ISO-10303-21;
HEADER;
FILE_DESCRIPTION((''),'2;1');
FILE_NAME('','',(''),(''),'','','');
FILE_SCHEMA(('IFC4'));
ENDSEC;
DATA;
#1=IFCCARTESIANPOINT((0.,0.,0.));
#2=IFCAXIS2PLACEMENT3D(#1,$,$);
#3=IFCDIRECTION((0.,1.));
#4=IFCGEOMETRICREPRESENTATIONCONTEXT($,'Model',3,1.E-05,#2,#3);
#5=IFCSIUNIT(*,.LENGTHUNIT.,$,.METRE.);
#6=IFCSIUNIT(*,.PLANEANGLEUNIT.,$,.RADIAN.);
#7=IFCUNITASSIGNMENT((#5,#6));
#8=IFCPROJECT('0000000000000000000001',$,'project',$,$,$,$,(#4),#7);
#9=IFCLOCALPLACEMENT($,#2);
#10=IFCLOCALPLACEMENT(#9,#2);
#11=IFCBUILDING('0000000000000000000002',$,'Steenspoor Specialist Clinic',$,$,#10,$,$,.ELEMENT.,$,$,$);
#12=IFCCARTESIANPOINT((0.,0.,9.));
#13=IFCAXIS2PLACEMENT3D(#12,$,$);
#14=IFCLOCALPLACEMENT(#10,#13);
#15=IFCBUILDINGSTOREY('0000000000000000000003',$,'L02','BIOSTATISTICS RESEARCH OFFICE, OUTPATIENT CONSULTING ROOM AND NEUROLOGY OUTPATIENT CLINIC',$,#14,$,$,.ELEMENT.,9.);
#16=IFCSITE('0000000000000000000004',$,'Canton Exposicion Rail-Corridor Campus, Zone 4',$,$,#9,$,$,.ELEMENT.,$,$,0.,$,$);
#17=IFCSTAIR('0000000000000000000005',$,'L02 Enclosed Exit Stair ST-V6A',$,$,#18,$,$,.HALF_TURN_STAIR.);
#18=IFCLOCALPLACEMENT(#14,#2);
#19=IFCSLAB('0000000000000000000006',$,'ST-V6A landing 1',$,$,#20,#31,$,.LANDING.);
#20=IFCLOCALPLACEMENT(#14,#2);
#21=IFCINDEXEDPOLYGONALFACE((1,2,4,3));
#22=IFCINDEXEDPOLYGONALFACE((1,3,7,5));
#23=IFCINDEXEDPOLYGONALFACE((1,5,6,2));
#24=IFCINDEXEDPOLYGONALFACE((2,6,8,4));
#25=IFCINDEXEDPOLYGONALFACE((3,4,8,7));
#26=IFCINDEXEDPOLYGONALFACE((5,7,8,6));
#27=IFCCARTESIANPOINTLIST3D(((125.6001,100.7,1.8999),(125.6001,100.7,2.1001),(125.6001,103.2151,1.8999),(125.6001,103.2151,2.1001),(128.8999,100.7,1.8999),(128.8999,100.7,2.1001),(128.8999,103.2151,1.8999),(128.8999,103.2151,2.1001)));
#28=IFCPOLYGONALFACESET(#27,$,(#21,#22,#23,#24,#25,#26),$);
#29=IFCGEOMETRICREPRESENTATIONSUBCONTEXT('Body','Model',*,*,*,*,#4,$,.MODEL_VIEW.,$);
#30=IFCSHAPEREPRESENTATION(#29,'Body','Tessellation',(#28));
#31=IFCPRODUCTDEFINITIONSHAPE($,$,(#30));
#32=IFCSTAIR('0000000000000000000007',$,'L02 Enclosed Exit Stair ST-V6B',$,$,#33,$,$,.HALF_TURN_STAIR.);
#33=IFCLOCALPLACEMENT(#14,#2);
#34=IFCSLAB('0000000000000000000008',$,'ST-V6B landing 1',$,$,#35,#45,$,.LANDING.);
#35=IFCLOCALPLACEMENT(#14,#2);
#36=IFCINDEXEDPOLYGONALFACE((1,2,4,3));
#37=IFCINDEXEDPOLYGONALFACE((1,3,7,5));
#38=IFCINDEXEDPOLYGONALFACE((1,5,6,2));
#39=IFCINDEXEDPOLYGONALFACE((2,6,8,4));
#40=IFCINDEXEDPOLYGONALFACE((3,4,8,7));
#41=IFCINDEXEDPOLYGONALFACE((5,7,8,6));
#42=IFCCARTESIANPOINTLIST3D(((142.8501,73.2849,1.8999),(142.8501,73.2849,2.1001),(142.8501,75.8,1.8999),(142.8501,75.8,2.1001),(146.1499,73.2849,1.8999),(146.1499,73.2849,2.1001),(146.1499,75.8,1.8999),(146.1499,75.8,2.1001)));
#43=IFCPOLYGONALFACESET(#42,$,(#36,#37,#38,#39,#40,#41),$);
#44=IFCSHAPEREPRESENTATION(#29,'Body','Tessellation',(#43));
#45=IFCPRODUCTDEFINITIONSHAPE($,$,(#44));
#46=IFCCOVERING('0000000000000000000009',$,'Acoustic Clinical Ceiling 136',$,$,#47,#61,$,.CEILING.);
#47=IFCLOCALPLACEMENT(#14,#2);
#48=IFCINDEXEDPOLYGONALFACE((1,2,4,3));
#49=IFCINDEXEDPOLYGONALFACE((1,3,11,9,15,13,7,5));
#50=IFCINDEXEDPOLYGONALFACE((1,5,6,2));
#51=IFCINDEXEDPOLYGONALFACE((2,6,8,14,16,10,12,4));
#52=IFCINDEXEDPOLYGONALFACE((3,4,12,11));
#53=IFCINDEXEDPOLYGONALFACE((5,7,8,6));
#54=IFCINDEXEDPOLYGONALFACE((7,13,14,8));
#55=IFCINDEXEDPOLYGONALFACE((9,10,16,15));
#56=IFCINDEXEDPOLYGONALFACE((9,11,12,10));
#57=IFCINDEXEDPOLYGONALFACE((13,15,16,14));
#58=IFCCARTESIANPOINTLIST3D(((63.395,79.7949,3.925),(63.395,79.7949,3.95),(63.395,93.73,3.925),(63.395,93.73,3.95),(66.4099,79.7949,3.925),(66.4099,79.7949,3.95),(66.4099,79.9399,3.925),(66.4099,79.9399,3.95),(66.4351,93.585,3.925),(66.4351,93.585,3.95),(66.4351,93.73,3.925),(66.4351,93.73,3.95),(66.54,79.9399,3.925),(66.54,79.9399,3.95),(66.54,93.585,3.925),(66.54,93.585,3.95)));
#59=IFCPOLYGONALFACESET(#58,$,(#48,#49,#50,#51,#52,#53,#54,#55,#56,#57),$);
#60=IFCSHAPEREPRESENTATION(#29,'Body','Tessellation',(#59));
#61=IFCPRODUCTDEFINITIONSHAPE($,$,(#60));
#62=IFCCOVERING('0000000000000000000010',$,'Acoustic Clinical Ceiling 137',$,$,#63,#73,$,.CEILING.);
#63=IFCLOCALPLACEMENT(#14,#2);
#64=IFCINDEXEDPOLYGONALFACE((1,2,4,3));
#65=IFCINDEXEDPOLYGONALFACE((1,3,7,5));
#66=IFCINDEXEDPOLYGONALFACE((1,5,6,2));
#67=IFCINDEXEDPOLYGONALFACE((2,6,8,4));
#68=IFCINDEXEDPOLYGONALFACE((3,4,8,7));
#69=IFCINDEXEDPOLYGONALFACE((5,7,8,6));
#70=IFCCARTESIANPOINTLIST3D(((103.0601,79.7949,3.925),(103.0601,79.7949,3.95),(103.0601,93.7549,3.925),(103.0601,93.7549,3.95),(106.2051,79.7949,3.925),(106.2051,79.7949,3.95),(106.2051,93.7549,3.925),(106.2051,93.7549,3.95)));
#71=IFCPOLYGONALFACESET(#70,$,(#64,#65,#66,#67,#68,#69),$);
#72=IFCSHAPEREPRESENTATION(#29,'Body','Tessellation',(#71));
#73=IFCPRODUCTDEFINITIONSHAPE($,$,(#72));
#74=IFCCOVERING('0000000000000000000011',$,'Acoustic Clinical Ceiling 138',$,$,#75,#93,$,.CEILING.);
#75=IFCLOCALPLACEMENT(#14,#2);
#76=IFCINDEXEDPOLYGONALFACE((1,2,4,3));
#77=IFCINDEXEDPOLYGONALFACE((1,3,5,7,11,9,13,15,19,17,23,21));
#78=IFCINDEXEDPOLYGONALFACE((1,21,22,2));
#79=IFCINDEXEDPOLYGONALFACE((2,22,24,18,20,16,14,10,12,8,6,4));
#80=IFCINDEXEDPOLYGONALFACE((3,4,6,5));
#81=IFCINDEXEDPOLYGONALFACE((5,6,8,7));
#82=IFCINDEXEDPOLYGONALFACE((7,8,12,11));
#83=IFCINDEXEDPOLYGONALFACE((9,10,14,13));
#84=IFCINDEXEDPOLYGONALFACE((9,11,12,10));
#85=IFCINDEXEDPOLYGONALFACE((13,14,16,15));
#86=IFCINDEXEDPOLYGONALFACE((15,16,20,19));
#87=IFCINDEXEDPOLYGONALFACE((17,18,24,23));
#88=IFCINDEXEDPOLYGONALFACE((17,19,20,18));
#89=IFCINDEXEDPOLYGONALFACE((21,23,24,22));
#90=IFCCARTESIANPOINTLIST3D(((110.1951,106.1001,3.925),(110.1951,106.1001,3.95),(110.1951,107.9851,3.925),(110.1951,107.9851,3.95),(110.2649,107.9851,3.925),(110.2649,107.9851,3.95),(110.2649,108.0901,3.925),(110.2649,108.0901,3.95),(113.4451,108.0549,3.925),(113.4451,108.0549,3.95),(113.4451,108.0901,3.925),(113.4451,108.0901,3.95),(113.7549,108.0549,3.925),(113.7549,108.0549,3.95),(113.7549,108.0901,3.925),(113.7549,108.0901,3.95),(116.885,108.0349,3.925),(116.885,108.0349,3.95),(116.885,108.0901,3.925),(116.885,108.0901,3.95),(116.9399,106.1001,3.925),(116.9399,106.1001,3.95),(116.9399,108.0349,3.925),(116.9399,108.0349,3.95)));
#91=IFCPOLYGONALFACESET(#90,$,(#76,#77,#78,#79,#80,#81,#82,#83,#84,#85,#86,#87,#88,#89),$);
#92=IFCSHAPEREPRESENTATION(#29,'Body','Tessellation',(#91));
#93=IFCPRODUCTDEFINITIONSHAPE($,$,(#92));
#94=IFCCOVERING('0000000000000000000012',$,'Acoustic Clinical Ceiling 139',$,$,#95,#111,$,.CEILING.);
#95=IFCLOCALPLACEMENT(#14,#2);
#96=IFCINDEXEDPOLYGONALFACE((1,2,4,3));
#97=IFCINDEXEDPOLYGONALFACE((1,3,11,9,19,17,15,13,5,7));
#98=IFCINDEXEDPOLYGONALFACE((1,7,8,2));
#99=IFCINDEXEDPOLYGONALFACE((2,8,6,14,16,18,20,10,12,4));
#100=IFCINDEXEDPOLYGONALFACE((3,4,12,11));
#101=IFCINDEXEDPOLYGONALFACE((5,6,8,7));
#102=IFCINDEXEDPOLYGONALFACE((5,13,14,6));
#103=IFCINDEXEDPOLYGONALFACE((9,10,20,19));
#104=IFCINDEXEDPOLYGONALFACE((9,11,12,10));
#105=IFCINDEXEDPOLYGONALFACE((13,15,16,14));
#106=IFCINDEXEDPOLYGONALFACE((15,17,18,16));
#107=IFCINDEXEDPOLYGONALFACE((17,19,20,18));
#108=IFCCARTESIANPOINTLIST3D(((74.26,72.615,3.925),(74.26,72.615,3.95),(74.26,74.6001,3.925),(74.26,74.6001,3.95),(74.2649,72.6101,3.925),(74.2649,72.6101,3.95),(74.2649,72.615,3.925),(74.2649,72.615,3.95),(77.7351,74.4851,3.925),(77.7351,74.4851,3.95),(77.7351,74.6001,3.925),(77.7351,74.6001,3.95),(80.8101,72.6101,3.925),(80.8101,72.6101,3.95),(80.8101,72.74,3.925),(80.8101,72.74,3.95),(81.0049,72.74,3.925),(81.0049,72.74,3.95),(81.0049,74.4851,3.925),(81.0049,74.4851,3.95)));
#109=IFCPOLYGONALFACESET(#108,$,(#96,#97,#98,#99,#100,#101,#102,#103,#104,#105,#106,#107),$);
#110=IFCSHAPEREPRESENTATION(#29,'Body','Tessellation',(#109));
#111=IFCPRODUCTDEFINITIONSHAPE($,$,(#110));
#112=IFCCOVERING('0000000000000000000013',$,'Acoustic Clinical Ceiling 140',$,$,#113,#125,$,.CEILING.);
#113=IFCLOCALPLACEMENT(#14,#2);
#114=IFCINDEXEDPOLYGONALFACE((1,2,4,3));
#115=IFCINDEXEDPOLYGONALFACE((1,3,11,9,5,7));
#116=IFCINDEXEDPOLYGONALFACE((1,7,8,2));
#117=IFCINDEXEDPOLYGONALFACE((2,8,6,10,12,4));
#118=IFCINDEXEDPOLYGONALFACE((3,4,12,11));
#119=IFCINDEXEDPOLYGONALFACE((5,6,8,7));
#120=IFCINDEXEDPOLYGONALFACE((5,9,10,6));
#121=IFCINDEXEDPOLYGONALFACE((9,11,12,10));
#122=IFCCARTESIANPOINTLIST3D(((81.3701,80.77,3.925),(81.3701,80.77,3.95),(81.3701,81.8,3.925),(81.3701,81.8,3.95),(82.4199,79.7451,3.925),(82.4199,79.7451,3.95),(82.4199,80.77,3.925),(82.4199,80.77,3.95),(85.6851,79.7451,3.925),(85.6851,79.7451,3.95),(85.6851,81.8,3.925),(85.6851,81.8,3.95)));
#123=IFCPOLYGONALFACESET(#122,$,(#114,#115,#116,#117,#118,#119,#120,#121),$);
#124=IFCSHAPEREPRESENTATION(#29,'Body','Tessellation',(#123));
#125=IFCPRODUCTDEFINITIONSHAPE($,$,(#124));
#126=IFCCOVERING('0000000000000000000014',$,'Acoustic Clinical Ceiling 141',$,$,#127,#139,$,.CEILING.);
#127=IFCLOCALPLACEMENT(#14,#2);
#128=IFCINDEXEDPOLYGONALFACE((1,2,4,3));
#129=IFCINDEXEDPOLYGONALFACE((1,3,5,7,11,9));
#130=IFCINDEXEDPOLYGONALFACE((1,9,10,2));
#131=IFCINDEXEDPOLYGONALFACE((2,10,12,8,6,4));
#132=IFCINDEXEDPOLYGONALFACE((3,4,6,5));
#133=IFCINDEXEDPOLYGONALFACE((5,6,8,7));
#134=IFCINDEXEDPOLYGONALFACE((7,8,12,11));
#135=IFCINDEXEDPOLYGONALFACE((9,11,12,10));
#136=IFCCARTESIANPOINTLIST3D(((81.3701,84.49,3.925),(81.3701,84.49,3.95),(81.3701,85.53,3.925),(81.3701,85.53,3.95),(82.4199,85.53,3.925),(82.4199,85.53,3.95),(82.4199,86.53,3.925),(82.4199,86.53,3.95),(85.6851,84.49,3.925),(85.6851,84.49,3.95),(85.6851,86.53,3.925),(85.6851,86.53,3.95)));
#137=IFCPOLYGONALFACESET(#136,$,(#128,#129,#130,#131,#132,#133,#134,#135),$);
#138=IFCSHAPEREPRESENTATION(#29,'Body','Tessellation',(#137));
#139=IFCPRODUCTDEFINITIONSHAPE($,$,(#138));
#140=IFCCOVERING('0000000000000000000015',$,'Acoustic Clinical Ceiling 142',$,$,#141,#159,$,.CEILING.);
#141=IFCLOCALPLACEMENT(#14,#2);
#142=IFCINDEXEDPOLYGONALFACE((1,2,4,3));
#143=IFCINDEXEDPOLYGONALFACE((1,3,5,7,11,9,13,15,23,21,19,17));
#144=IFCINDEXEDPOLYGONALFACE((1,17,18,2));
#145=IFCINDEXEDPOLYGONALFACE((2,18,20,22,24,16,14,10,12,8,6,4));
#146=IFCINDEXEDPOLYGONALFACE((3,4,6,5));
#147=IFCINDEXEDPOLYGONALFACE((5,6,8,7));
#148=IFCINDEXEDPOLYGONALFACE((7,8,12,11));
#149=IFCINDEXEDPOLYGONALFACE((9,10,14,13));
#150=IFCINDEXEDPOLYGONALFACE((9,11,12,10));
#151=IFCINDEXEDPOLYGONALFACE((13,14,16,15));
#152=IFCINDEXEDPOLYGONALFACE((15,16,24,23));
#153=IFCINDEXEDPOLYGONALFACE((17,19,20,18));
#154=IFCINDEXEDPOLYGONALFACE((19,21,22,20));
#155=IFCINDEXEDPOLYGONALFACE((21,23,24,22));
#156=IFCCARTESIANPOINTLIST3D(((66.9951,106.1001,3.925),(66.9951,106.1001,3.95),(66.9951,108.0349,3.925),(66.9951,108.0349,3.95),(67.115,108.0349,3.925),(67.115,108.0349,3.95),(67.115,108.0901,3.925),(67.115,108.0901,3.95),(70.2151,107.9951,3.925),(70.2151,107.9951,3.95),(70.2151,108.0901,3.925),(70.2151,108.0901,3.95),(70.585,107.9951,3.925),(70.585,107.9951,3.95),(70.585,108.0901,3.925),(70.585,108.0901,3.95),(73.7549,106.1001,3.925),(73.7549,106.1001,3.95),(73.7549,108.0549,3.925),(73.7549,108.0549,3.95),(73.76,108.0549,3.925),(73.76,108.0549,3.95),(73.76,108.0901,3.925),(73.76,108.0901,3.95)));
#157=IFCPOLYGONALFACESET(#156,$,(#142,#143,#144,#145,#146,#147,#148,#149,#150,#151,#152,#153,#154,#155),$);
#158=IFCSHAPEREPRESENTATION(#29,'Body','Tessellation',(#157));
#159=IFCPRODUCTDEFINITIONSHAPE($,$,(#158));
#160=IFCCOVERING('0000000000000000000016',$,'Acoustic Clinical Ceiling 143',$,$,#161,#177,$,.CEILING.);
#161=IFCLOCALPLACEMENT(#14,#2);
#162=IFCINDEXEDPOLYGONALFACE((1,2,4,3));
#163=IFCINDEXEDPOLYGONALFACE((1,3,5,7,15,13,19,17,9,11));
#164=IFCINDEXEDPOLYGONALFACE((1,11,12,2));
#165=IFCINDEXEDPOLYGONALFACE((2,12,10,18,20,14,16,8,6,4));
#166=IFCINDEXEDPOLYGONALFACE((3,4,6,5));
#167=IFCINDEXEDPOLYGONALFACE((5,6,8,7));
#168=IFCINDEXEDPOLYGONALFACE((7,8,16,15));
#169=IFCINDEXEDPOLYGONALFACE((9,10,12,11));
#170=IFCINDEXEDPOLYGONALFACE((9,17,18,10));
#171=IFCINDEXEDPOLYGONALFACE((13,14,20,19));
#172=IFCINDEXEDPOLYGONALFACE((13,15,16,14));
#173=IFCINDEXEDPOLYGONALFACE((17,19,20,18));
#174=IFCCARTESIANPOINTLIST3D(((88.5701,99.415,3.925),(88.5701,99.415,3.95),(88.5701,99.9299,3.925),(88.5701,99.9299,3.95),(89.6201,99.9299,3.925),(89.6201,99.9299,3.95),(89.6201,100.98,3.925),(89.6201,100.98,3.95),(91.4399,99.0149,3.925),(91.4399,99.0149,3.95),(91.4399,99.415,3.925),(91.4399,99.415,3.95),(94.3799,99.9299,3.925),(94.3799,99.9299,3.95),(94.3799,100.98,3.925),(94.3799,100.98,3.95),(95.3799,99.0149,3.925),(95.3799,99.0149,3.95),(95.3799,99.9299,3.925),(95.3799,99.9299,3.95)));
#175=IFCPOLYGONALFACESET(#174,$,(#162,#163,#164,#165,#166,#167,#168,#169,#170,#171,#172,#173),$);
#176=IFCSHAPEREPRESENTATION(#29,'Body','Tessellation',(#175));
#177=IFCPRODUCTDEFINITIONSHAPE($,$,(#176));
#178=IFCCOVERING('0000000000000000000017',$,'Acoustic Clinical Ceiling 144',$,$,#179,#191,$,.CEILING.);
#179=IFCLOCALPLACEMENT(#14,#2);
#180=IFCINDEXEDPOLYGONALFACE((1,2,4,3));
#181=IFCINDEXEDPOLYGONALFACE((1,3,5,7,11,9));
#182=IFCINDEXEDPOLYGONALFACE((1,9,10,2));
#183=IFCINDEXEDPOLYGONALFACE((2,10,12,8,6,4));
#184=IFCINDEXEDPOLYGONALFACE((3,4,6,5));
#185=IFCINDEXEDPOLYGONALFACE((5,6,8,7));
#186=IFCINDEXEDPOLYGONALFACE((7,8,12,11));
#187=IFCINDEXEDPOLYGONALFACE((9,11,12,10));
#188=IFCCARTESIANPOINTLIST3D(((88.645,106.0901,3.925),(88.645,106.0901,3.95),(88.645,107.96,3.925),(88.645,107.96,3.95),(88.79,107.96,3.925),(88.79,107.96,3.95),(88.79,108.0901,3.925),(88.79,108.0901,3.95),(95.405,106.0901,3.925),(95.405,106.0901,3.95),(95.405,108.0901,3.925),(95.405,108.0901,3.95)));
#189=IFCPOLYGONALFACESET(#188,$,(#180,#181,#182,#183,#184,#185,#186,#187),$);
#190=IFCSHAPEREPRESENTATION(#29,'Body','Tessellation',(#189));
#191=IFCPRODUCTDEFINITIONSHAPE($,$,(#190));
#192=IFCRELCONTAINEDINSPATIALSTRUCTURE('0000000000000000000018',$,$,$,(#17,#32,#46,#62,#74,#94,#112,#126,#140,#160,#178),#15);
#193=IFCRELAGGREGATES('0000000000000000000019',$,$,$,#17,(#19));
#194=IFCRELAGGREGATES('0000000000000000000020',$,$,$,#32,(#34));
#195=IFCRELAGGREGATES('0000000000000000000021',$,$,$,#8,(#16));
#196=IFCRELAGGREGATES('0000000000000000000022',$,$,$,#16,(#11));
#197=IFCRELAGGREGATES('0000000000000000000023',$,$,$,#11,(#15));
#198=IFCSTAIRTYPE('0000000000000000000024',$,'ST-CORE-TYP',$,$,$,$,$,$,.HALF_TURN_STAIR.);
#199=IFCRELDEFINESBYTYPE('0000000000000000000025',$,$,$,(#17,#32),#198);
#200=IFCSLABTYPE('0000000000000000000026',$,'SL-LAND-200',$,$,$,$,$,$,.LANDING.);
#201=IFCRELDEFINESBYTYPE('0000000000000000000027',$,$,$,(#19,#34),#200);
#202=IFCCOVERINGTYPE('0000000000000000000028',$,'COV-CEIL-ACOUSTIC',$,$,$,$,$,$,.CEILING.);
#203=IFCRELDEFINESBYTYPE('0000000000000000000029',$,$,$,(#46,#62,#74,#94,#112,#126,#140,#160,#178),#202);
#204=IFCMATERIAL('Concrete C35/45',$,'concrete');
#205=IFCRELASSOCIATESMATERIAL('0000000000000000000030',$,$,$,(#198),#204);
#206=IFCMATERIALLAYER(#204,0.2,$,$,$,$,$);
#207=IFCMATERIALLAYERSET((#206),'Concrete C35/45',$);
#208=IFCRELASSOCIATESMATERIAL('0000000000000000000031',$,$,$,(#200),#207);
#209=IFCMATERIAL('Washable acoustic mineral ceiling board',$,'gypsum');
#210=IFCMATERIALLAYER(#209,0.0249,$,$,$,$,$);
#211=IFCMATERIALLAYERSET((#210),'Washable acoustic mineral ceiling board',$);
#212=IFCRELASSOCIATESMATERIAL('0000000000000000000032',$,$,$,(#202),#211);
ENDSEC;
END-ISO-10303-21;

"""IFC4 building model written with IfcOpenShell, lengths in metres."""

from ifc_helpers import new_model, si_unit, direction, frame, origin, place, context, subcontext, project, spatial, polyline, outline, extrude, material, layer, layer_set, type_object, element, aggregate, save


model = new_model("IFC4")

# Units and contexts
model_context = context("Model", 3, precision=1e-05, world=origin(), true_north=direction((0.0, 1.0)))
body_context = subcontext(model_context, "Body", "Model", "MODEL_VIEW")
ifc_project = project(units=[si_unit("LENGTHUNIT", "METRE"), si_unit("PLANEANGLEUNIT", "RADIAN")], contexts=[model_context])

# Site, building, storey
site_placement = place(None, origin())
site = spatial("IfcSite", under=ifc_project, at=site_placement, Name="Canton Exposicion Rail-Corridor Campus, Zone 4", CompositionType="ELEMENT", RefElevation=0.0)
building_placement = place(site_placement, origin())
building = spatial("IfcBuilding", under=site, at=building_placement, Name="Steenspoor Specialist Clinic", CompositionType="ELEMENT")
storey_placement = place(building_placement, frame((0.0, 0.0, 9.0)))
storey = spatial("IfcBuildingStorey", under=building, at=storey_placement, Name="L02", Description="BIOSTATISTICS RESEARCH OFFICE, OUTPATIENT CONSULTING ROOM AND NEUROLOGY OUTPATIENT CLINIC", CompositionType="ELEMENT", Elevation=9.0)

# Shared definitions
ifc_material_1 = material(Name="Concrete C35/45", Category="concrete")

# Stairs, slabs
stair_type_1 = type_object("IfcStairType", Name="ST-CORE-TYP", PredefinedType="HALF_TURN_STAIR", material=ifc_material_1)
ifc_layer_1 = layer(ifc_material_1, 0.2)
ifc_layer_set_1 = layer_set([ifc_layer_1], Name="Concrete C35/45")
slab_type_1 = type_object("IfcSlabType", Name="SL-LAND-200", PredefinedType="LANDING", material=ifc_layer_set_1)
stair_1_placement = place(storey_placement, origin())
stair_1 = element("IfcStair", 1, at=stair_1_placement, inside=storey, type_object=stair_type_1, Name="L02 Enclosed Exit Stair ST-V6A", PredefinedType="HALF_TURN_STAIR")
slab_1_placement = place(storey_placement, frame((0.0, 0.0, 1.8999)))
slab_1 = element("IfcSlab", 2, at=slab_1_placement, type_object=slab_type_1, Name="ST-V6A landing 1", PredefinedType="LANDING", context=body_context, shape_type="SweptSolid", body=[
    extrude(outline(polyline([(125.6001, 103.2151), (125.6001, 100.7), (128.8999, 100.7), (128.8999, 103.2151), (125.6001, 103.2151)])), origin(), (0.0, 0.0, 1.0), 0.2002),
])
aggregate(stair_1, [slab_1])
stair_2_placement = place(storey_placement, origin())
stair_2 = element("IfcStair", 3, at=stair_2_placement, inside=storey, type_object=stair_type_1, Name="L02 Enclosed Exit Stair ST-V6B", PredefinedType="HALF_TURN_STAIR")
slab_2_placement = place(storey_placement, frame((0.0, 0.0, 1.8999)))
slab_2 = element("IfcSlab", 4, at=slab_2_placement, type_object=slab_type_1, Name="ST-V6B landing 1", PredefinedType="LANDING", context=body_context, shape_type="SweptSolid", body=[
    extrude(outline(polyline([(146.1499, 73.2849), (146.1499, 75.8), (142.8501, 75.8), (142.8501, 73.2849), (146.1499, 73.2849)])), origin(), (0.0, 0.0, 1.0), 0.2002),
])
aggregate(stair_2, [slab_2])

# Coverings
ifc_material_2 = material(Name="Washable acoustic mineral ceiling board", Category="gypsum")
ifc_layer_2 = layer(ifc_material_2, 0.0249)
ifc_layer_set_2 = layer_set([ifc_layer_2], Name="Washable acoustic mineral ceiling board")
covering_type = type_object("IfcCoveringType", Name="COV-CEIL-ACOUSTIC", PredefinedType="CEILING", material=ifc_layer_set_2)
covering_1_placement = place(storey_placement, frame((0.0, 0.0, 3.925)))
element("IfcCovering", 5, at=covering_1_placement, inside=storey, type_object=covering_type, Name="Acoustic Clinical Ceiling 136", PredefinedType="CEILING", context=body_context, shape_type="SweptSolid", body=[
    extrude(outline(polyline([(66.54, 79.9399), (66.4099, 79.9399), (66.4099, 79.7949), (63.395, 79.7949), (63.395, 93.73), (66.4351, 93.73), (66.4351, 93.585), (66.54, 93.585), (66.54, 79.9399)])), origin(), (0.0, 0.0, 1.0), 0.0249),
])
covering_2_placement = place(storey_placement, frame((0.0, 0.0, 3.925)))
element("IfcCovering", 6, at=covering_2_placement, inside=storey, type_object=covering_type, Name="Acoustic Clinical Ceiling 137", PredefinedType="CEILING", context=body_context, shape_type="SweptSolid", body=[
    extrude(outline(polyline([(103.0601, 93.7549), (106.2051, 93.7549), (106.2051, 79.7949), (103.0601, 79.7949), (103.0601, 93.7549)])), origin(), (0.0, 0.0, 1.0), 0.0249),
])
covering_3_placement = place(storey_placement, frame((0.0, 0.0, 3.925)))
element("IfcCovering", 7, at=covering_3_placement, inside=storey, type_object=covering_type, Name="Acoustic Clinical Ceiling 138", PredefinedType="CEILING", context=body_context, shape_type="SweptSolid", body=[
    extrude(outline(polyline([(113.4451, 108.0901), (113.4451, 108.0549), (113.7549, 108.0549), (113.7549, 108.0901), (116.885, 108.0901), (116.885, 108.0349), (116.9399, 108.0349), (116.9399, 106.1001), (110.1951, 106.1001), (110.1951, 107.9851), (110.2649, 107.9851), (110.2649, 108.0901), (113.4451, 108.0901)])), origin(), (0.0, 0.0, 1.0), 0.0249),
])
covering_4_placement = place(storey_placement, frame((0.0, 0.0, 3.925)))
element("IfcCovering", 8, at=covering_4_placement, inside=storey, type_object=covering_type, Name="Acoustic Clinical Ceiling 139", PredefinedType="CEILING", context=body_context, shape_type="SweptSolid", body=[
    extrude(outline(polyline([(74.26, 74.6001), (77.7351, 74.6001), (77.7351, 74.4851), (81.0049, 74.4851), (81.0049, 72.74), (80.8101, 72.74), (80.8101, 72.6101), (74.2649, 72.6101), (74.2649, 72.615), (74.26, 72.615), (74.26, 74.6001)])), origin(), (0.0, 0.0, 1.0), 0.0249),
])
covering_5_placement = place(storey_placement, frame((0.0, 0.0, 3.925)))
element("IfcCovering", 9, at=covering_5_placement, inside=storey, type_object=covering_type, Name="Acoustic Clinical Ceiling 140", PredefinedType="CEILING", context=body_context, shape_type="SweptSolid", body=[
    extrude(outline(polyline([(85.6851, 79.7451), (82.4199, 79.7451), (82.4199, 80.77), (81.3701, 80.77), (81.3701, 81.8), (85.6851, 81.8), (85.6851, 79.7451)])), origin(), (0.0, 0.0, 1.0), 0.0249),
])
covering_6_placement = place(storey_placement, frame((0.0, 0.0, 3.925)))
element("IfcCovering", 10, at=covering_6_placement, inside=storey, type_object=covering_type, Name="Acoustic Clinical Ceiling 141", PredefinedType="CEILING", context=body_context, shape_type="SweptSolid", body=[
    extrude(outline(polyline([(85.6851, 84.49), (81.3701, 84.49), (81.3701, 85.53), (82.4199, 85.53), (82.4199, 86.53), (85.6851, 86.53), (85.6851, 84.49)])), origin(), (0.0, 0.0, 1.0), 0.0249),
])
covering_7_placement = place(storey_placement, frame((0.0, 0.0, 3.925)))
element("IfcCovering", 11, at=covering_7_placement, inside=storey, type_object=covering_type, Name="Acoustic Clinical Ceiling 142", PredefinedType="CEILING", context=body_context, shape_type="SweptSolid", body=[
    extrude(outline(polyline([(70.2151, 108.0901), (70.2151, 107.9951), (70.585, 107.9951), (70.585, 108.0901), (73.76, 108.0901), (73.76, 108.0549), (73.7549, 108.0549), (73.7549, 106.1001), (66.9951, 106.1001), (66.9951, 108.0349), (67.115, 108.0349), (67.115, 108.0901), (70.2151, 108.0901)])), origin(), (0.0, 0.0, 1.0), 0.0249),
])
covering_8_placement = place(storey_placement, frame((0.0, 0.0, 3.925)))
element("IfcCovering", 12, at=covering_8_placement, inside=storey, type_object=covering_type, Name="Acoustic Clinical Ceiling 143", PredefinedType="CEILING", context=body_context, shape_type="SweptSolid", body=[
    extrude(outline(polyline([(91.4399, 99.0149), (91.4399, 99.415), (88.5701, 99.415), (88.5701, 99.9299), (89.6201, 99.9299), (89.6201, 100.98), (94.3799, 100.98), (94.3799, 99.9299), (95.3799, 99.9299), (95.3799, 99.0149), (91.4399, 99.0149)])), origin(), (0.0, 0.0, 1.0), 0.0249),
])
covering_9_placement = place(storey_placement, frame((0.0, 0.0, 3.925)))
element("IfcCovering", 13, at=covering_9_placement, inside=storey, type_object=covering_type, Name="Acoustic Clinical Ceiling 144", PredefinedType="CEILING", context=body_context, shape_type="SweptSolid", body=[
    extrude(outline(polyline([(95.405, 108.0901), (95.405, 106.0901), (88.645, 106.0901), (88.645, 107.96), (88.79, 107.96), (88.79, 108.0901), (95.405, 108.0901)])), origin(), (0.0, 0.0, 1.0), 0.0249),
])

save(model, "model.ifc")
